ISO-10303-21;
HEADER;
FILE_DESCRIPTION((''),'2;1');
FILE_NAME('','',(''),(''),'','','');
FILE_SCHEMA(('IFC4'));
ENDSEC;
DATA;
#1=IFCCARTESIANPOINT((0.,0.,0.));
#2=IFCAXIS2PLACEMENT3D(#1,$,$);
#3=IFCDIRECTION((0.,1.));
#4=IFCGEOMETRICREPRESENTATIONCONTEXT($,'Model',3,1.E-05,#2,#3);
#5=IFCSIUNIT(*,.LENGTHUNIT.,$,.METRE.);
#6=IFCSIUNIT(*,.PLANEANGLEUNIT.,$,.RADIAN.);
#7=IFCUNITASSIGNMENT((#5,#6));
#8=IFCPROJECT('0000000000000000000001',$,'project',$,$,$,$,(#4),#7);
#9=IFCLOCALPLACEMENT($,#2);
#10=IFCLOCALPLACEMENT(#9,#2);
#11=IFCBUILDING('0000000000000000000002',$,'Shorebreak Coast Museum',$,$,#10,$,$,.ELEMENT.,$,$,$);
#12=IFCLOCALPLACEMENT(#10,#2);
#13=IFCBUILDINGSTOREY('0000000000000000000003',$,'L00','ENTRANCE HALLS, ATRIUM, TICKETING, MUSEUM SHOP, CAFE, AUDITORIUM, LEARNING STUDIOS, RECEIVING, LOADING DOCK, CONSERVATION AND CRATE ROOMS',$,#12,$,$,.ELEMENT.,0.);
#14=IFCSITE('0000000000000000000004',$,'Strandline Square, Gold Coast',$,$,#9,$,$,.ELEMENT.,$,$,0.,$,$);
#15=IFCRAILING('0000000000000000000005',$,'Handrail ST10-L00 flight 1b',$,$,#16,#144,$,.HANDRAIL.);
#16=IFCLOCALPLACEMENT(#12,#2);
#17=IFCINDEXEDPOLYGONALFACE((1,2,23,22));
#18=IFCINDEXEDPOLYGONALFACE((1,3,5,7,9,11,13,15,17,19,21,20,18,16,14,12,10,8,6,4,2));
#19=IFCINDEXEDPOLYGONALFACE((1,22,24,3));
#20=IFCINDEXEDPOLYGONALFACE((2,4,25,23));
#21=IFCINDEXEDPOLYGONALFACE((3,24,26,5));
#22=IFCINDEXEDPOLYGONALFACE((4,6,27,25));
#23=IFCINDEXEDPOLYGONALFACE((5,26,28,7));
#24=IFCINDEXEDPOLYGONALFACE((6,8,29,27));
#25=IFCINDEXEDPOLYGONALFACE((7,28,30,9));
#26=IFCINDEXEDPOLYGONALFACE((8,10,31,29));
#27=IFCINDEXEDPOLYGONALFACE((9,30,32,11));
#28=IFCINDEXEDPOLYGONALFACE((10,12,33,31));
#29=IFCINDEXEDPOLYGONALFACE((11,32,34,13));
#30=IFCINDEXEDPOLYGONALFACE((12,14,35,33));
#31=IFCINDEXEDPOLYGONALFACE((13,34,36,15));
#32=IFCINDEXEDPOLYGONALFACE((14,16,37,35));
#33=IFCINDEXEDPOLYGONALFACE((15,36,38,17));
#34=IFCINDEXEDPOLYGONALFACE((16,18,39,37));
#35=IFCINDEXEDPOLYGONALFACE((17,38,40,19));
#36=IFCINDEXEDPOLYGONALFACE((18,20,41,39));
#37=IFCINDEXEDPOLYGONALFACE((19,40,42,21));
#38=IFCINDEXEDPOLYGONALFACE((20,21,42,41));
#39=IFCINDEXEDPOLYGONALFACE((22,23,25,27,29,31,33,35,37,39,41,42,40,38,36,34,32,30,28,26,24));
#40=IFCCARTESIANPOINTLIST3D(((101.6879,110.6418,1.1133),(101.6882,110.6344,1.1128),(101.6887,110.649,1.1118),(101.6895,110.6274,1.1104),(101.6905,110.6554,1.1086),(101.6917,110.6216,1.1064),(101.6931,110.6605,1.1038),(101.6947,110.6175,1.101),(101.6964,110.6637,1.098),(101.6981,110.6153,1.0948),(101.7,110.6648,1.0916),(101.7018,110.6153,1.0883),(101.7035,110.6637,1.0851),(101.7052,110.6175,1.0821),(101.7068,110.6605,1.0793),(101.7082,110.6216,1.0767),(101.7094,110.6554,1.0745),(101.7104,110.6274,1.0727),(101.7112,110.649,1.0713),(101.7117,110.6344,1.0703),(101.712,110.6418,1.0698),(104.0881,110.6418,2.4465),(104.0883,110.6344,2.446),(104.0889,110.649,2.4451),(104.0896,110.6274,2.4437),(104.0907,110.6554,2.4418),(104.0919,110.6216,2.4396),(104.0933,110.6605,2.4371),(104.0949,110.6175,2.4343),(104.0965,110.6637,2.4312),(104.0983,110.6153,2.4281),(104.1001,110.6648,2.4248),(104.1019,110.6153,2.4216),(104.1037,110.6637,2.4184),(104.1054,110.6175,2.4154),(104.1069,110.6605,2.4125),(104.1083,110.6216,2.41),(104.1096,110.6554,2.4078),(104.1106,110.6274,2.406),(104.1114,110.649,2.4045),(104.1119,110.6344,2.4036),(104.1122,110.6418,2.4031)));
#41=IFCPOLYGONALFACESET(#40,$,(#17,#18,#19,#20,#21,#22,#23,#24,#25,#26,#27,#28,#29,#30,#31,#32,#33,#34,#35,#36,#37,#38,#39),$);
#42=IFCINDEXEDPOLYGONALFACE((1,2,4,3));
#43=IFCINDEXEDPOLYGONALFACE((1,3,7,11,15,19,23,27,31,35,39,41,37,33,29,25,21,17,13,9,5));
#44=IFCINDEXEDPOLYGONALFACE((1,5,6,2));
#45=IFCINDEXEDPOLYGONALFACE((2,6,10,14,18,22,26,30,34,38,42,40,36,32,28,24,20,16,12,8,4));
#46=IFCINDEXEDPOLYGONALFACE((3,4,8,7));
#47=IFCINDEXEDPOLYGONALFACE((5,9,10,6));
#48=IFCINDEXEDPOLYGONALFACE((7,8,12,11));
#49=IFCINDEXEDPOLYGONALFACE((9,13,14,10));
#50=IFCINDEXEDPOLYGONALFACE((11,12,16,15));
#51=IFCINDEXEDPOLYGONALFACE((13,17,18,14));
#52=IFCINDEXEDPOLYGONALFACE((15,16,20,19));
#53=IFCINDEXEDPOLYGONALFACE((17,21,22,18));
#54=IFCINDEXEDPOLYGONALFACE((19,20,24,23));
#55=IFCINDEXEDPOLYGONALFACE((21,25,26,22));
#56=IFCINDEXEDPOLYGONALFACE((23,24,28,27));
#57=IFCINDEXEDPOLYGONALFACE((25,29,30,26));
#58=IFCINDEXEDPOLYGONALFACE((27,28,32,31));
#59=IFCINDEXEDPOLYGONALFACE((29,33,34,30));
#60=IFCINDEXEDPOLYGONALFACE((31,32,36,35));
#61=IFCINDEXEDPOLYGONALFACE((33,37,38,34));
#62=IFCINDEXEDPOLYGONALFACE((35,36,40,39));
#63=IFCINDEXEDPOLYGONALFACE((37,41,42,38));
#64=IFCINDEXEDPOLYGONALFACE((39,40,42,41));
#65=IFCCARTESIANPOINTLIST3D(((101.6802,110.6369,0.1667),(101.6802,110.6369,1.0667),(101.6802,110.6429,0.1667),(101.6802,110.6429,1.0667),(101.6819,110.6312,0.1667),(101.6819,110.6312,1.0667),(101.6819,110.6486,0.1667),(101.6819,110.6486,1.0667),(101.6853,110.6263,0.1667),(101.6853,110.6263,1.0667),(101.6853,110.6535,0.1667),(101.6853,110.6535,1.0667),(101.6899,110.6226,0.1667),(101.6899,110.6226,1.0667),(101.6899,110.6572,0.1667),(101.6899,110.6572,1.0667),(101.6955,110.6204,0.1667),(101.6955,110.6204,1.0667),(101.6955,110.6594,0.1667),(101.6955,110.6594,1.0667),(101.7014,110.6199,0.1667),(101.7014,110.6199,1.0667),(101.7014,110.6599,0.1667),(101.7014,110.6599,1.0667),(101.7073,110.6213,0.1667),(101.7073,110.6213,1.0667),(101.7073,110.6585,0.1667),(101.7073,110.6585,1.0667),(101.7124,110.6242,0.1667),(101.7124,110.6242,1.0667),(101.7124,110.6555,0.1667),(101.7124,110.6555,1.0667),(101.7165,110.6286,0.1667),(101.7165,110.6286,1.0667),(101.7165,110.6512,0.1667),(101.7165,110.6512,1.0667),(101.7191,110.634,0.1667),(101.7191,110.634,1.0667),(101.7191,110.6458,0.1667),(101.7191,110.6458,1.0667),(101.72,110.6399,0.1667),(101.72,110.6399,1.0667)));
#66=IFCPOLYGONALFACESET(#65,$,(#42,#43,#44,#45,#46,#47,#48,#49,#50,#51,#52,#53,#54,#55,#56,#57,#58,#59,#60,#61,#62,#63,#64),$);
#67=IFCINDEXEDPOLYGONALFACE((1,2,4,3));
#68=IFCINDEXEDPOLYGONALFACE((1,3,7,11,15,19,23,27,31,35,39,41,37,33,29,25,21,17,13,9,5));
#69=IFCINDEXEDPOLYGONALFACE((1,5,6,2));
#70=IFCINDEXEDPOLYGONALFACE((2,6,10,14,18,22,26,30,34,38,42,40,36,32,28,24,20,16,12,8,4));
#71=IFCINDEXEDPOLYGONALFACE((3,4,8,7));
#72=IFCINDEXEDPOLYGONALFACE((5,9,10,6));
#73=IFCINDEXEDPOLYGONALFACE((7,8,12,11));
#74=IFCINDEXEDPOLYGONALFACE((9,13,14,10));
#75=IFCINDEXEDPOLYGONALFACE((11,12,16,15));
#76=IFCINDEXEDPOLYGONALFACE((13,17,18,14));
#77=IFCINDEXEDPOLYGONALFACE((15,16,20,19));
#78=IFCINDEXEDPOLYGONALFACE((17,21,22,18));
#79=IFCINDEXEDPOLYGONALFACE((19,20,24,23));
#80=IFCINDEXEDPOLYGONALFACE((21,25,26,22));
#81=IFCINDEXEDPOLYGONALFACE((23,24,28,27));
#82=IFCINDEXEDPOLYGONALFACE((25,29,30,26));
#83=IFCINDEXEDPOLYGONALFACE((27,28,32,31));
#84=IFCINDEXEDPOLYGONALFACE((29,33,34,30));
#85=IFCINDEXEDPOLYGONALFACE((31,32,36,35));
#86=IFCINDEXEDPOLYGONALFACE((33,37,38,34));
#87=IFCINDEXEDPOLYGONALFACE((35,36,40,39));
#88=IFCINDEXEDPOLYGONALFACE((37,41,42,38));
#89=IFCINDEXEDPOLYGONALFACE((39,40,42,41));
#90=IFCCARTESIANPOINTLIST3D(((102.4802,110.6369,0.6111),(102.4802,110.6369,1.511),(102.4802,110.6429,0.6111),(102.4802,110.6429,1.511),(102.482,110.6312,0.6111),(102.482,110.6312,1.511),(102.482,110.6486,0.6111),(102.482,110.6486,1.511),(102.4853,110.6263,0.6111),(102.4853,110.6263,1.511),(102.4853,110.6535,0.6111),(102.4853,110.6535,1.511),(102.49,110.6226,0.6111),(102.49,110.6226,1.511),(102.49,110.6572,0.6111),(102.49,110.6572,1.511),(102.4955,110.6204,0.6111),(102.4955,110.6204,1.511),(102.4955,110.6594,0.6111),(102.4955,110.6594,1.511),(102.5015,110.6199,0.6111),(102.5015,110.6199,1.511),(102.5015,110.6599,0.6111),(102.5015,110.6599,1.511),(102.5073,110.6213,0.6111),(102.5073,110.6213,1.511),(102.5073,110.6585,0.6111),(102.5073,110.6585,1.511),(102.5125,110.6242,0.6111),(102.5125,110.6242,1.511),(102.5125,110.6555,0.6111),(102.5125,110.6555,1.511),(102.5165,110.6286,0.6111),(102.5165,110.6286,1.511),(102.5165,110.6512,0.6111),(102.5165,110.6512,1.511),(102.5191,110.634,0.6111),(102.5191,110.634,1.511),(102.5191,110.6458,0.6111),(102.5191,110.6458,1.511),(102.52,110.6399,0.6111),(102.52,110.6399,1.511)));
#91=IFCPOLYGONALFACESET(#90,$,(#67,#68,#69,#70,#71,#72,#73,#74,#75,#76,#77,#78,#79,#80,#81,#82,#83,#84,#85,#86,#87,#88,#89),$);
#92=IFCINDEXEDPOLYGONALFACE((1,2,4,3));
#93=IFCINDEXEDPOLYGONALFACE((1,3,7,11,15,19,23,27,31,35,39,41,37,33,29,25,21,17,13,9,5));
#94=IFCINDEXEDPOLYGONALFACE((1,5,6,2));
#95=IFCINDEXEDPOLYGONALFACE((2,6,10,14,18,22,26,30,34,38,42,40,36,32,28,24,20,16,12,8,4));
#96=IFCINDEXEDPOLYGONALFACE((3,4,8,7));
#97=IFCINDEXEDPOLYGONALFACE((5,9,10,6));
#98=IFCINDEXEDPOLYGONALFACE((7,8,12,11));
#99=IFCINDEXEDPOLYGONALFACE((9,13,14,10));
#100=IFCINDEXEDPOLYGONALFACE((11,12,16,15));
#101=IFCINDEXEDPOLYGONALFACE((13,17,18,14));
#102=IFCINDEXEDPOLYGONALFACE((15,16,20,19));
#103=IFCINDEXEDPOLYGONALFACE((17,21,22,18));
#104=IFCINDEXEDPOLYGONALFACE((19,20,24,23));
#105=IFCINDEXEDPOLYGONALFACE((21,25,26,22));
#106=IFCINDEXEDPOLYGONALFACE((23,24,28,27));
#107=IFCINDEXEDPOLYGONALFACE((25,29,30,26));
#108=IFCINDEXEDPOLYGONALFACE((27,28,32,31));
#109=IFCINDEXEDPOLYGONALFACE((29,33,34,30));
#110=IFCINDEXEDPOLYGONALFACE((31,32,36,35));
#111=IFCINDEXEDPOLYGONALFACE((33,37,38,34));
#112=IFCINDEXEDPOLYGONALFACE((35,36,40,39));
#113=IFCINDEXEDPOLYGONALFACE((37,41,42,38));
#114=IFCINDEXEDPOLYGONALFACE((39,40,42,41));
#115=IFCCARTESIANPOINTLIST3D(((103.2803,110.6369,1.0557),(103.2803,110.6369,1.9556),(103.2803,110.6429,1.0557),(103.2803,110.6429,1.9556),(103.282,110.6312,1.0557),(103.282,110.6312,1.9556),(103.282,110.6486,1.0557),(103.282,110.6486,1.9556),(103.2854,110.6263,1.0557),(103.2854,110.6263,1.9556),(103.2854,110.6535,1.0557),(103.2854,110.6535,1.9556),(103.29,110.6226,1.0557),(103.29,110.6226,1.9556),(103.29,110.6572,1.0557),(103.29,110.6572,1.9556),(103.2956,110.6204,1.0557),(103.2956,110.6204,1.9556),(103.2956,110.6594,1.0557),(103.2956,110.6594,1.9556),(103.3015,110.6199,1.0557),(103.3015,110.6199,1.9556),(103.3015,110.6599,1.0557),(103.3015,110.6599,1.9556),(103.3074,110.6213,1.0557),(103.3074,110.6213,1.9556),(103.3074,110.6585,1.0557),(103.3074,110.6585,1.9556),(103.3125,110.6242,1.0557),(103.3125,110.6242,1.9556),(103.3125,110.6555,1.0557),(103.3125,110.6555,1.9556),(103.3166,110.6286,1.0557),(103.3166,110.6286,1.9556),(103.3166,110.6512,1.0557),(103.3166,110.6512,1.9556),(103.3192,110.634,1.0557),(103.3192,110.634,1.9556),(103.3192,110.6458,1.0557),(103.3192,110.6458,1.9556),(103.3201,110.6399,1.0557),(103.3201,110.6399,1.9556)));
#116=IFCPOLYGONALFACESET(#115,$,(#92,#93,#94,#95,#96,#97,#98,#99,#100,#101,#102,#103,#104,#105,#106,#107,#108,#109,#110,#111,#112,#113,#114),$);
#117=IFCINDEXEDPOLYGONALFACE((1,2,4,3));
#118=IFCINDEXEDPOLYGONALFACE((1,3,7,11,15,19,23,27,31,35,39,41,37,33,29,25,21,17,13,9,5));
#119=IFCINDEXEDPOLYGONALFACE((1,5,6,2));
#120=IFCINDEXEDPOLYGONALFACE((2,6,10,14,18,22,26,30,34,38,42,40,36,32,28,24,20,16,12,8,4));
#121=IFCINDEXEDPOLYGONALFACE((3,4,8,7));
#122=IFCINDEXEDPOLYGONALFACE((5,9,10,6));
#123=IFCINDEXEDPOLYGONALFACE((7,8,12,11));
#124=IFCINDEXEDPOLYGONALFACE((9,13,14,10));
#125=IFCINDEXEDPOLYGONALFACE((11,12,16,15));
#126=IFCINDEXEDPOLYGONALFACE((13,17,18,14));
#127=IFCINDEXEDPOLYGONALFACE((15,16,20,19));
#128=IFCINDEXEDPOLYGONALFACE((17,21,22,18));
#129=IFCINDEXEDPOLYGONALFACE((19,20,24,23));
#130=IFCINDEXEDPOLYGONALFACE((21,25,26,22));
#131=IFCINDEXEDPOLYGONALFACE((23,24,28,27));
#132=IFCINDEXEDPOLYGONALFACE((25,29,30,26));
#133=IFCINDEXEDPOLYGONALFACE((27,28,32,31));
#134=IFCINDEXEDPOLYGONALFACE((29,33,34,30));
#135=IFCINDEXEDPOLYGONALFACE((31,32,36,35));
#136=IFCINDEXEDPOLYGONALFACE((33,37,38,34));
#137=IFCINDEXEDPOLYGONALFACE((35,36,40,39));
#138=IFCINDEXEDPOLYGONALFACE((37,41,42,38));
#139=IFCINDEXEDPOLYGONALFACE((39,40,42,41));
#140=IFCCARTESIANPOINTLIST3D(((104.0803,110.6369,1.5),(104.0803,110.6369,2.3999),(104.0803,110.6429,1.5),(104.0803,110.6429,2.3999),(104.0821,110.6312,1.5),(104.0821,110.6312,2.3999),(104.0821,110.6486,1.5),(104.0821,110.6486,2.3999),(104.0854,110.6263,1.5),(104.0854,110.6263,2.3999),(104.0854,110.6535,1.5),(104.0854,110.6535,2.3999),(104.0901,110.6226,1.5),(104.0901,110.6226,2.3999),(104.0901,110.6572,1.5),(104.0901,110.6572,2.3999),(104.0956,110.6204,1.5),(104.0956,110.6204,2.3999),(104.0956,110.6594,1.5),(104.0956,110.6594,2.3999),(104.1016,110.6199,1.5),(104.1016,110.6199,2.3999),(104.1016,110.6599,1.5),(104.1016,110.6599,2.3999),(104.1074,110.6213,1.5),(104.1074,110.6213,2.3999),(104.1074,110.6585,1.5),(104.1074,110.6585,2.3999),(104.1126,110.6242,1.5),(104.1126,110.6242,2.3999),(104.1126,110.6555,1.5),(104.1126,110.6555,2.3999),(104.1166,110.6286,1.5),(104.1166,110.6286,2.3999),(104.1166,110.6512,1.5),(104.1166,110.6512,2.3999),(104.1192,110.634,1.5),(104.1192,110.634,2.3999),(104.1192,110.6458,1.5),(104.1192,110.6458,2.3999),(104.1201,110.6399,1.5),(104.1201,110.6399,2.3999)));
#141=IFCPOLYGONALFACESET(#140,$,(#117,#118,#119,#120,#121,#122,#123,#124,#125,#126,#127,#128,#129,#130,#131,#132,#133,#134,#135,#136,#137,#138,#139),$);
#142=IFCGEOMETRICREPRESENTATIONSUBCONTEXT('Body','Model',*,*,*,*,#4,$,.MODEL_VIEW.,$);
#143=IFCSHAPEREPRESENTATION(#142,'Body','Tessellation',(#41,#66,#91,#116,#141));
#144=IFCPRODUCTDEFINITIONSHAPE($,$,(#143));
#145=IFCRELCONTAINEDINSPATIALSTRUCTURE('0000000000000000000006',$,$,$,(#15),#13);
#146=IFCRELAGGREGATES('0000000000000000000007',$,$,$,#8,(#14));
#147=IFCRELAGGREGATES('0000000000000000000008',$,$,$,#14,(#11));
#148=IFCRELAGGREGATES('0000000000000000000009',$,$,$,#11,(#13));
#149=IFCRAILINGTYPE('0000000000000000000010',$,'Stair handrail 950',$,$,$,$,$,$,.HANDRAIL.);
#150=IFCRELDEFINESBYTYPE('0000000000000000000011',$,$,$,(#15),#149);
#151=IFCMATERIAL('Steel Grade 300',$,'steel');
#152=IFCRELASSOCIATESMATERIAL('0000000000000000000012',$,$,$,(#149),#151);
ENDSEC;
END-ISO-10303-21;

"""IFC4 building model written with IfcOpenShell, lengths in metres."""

from ifc_helpers import new_model, si_unit, direction, frame, origin, origin_2d, place, context, subcontext, project, spatial, circle, extrude, material, type_object, element, save


model = new_model("IFC4")

# Units and contexts
model_context = context("Model", 3, precision=1e-05, world=origin(), true_north=direction((0.0, 1.0)))
body_context = subcontext(model_context, "Body", "Model", "MODEL_VIEW")
ifc_project = project(units=[si_unit("LENGTHUNIT", "METRE"), si_unit("PLANEANGLEUNIT", "RADIAN")], contexts=[model_context])

# Site, building, storey
site_placement = place(None, origin())
site = spatial("IfcSite", under=ifc_project, at=site_placement, Name="Strandline Square, Gold Coast", CompositionType="ELEMENT", RefElevation=0.0)
building_placement = place(site_placement, origin())
building = spatial("IfcBuilding", under=site, at=building_placement, Name="Shorebreak Coast Museum", CompositionType="ELEMENT")
storey_placement = place(building_placement, origin())
storey = spatial("IfcBuildingStorey", under=building, at=storey_placement, Name="L00", Description="ENTRANCE HALLS, ATRIUM, TICKETING, MUSEUM SHOP, CAFE, AUDITORIUM, LEARNING STUDIOS, RECEIVING, LOADING DOCK, CONSERVATION AND CRATE ROOMS", CompositionType="ELEMENT", Elevation=0.0)

# Railing
ifc_material_1 = material(Name="Steel Grade 300", Category="steel")
railing_type_1 = type_object("IfcRailingType", Name="Stair handrail 950", PredefinedType="HANDRAIL", material=ifc_material_1)
for number, where, name in (
    (1, (101.7, 110.6399, 0.1667), "Handrail ST10-L00 flight 1b"),
):
    element("IfcRailing", number, at=place(storey_placement, frame(where)), inside=storey, type_object=railing_type_1, Name=name, PredefinedType="HANDRAIL", context=body_context, shape_type="SweptSolid", body=[
        extrude(circle(Radius=0.0249, at=origin_2d()), frame((0.0, 0.0, 0.9248), z_axis=(0.874182, 0.0, 0.485598), x_axis=(0.0, 1.0, 0.0)), (0.0, 0.0, 1.0), 2.7456),
        extrude(circle(Radius=0.02, at=origin_2d()), origin(), (0.0, 0.0, 1.0), 0.8999),
        extrude(circle(Radius=0.02, at=origin_2d()), frame((0.8, 0.0, 0.4443)), (0.0, 0.0, 1.0), 0.8999),
        extrude(circle(Radius=0.02, at=origin_2d()), frame((1.6001, 0.0, 0.8889)), (0.0, 0.0, 1.0), 0.8999),
        extrude(circle(Radius=0.02, at=origin_2d()), frame((2.4001, 0.0, 1.3333)), (0.0, 0.0, 1.0), 0.8999),
    ])

save(model, "model.ifc")
